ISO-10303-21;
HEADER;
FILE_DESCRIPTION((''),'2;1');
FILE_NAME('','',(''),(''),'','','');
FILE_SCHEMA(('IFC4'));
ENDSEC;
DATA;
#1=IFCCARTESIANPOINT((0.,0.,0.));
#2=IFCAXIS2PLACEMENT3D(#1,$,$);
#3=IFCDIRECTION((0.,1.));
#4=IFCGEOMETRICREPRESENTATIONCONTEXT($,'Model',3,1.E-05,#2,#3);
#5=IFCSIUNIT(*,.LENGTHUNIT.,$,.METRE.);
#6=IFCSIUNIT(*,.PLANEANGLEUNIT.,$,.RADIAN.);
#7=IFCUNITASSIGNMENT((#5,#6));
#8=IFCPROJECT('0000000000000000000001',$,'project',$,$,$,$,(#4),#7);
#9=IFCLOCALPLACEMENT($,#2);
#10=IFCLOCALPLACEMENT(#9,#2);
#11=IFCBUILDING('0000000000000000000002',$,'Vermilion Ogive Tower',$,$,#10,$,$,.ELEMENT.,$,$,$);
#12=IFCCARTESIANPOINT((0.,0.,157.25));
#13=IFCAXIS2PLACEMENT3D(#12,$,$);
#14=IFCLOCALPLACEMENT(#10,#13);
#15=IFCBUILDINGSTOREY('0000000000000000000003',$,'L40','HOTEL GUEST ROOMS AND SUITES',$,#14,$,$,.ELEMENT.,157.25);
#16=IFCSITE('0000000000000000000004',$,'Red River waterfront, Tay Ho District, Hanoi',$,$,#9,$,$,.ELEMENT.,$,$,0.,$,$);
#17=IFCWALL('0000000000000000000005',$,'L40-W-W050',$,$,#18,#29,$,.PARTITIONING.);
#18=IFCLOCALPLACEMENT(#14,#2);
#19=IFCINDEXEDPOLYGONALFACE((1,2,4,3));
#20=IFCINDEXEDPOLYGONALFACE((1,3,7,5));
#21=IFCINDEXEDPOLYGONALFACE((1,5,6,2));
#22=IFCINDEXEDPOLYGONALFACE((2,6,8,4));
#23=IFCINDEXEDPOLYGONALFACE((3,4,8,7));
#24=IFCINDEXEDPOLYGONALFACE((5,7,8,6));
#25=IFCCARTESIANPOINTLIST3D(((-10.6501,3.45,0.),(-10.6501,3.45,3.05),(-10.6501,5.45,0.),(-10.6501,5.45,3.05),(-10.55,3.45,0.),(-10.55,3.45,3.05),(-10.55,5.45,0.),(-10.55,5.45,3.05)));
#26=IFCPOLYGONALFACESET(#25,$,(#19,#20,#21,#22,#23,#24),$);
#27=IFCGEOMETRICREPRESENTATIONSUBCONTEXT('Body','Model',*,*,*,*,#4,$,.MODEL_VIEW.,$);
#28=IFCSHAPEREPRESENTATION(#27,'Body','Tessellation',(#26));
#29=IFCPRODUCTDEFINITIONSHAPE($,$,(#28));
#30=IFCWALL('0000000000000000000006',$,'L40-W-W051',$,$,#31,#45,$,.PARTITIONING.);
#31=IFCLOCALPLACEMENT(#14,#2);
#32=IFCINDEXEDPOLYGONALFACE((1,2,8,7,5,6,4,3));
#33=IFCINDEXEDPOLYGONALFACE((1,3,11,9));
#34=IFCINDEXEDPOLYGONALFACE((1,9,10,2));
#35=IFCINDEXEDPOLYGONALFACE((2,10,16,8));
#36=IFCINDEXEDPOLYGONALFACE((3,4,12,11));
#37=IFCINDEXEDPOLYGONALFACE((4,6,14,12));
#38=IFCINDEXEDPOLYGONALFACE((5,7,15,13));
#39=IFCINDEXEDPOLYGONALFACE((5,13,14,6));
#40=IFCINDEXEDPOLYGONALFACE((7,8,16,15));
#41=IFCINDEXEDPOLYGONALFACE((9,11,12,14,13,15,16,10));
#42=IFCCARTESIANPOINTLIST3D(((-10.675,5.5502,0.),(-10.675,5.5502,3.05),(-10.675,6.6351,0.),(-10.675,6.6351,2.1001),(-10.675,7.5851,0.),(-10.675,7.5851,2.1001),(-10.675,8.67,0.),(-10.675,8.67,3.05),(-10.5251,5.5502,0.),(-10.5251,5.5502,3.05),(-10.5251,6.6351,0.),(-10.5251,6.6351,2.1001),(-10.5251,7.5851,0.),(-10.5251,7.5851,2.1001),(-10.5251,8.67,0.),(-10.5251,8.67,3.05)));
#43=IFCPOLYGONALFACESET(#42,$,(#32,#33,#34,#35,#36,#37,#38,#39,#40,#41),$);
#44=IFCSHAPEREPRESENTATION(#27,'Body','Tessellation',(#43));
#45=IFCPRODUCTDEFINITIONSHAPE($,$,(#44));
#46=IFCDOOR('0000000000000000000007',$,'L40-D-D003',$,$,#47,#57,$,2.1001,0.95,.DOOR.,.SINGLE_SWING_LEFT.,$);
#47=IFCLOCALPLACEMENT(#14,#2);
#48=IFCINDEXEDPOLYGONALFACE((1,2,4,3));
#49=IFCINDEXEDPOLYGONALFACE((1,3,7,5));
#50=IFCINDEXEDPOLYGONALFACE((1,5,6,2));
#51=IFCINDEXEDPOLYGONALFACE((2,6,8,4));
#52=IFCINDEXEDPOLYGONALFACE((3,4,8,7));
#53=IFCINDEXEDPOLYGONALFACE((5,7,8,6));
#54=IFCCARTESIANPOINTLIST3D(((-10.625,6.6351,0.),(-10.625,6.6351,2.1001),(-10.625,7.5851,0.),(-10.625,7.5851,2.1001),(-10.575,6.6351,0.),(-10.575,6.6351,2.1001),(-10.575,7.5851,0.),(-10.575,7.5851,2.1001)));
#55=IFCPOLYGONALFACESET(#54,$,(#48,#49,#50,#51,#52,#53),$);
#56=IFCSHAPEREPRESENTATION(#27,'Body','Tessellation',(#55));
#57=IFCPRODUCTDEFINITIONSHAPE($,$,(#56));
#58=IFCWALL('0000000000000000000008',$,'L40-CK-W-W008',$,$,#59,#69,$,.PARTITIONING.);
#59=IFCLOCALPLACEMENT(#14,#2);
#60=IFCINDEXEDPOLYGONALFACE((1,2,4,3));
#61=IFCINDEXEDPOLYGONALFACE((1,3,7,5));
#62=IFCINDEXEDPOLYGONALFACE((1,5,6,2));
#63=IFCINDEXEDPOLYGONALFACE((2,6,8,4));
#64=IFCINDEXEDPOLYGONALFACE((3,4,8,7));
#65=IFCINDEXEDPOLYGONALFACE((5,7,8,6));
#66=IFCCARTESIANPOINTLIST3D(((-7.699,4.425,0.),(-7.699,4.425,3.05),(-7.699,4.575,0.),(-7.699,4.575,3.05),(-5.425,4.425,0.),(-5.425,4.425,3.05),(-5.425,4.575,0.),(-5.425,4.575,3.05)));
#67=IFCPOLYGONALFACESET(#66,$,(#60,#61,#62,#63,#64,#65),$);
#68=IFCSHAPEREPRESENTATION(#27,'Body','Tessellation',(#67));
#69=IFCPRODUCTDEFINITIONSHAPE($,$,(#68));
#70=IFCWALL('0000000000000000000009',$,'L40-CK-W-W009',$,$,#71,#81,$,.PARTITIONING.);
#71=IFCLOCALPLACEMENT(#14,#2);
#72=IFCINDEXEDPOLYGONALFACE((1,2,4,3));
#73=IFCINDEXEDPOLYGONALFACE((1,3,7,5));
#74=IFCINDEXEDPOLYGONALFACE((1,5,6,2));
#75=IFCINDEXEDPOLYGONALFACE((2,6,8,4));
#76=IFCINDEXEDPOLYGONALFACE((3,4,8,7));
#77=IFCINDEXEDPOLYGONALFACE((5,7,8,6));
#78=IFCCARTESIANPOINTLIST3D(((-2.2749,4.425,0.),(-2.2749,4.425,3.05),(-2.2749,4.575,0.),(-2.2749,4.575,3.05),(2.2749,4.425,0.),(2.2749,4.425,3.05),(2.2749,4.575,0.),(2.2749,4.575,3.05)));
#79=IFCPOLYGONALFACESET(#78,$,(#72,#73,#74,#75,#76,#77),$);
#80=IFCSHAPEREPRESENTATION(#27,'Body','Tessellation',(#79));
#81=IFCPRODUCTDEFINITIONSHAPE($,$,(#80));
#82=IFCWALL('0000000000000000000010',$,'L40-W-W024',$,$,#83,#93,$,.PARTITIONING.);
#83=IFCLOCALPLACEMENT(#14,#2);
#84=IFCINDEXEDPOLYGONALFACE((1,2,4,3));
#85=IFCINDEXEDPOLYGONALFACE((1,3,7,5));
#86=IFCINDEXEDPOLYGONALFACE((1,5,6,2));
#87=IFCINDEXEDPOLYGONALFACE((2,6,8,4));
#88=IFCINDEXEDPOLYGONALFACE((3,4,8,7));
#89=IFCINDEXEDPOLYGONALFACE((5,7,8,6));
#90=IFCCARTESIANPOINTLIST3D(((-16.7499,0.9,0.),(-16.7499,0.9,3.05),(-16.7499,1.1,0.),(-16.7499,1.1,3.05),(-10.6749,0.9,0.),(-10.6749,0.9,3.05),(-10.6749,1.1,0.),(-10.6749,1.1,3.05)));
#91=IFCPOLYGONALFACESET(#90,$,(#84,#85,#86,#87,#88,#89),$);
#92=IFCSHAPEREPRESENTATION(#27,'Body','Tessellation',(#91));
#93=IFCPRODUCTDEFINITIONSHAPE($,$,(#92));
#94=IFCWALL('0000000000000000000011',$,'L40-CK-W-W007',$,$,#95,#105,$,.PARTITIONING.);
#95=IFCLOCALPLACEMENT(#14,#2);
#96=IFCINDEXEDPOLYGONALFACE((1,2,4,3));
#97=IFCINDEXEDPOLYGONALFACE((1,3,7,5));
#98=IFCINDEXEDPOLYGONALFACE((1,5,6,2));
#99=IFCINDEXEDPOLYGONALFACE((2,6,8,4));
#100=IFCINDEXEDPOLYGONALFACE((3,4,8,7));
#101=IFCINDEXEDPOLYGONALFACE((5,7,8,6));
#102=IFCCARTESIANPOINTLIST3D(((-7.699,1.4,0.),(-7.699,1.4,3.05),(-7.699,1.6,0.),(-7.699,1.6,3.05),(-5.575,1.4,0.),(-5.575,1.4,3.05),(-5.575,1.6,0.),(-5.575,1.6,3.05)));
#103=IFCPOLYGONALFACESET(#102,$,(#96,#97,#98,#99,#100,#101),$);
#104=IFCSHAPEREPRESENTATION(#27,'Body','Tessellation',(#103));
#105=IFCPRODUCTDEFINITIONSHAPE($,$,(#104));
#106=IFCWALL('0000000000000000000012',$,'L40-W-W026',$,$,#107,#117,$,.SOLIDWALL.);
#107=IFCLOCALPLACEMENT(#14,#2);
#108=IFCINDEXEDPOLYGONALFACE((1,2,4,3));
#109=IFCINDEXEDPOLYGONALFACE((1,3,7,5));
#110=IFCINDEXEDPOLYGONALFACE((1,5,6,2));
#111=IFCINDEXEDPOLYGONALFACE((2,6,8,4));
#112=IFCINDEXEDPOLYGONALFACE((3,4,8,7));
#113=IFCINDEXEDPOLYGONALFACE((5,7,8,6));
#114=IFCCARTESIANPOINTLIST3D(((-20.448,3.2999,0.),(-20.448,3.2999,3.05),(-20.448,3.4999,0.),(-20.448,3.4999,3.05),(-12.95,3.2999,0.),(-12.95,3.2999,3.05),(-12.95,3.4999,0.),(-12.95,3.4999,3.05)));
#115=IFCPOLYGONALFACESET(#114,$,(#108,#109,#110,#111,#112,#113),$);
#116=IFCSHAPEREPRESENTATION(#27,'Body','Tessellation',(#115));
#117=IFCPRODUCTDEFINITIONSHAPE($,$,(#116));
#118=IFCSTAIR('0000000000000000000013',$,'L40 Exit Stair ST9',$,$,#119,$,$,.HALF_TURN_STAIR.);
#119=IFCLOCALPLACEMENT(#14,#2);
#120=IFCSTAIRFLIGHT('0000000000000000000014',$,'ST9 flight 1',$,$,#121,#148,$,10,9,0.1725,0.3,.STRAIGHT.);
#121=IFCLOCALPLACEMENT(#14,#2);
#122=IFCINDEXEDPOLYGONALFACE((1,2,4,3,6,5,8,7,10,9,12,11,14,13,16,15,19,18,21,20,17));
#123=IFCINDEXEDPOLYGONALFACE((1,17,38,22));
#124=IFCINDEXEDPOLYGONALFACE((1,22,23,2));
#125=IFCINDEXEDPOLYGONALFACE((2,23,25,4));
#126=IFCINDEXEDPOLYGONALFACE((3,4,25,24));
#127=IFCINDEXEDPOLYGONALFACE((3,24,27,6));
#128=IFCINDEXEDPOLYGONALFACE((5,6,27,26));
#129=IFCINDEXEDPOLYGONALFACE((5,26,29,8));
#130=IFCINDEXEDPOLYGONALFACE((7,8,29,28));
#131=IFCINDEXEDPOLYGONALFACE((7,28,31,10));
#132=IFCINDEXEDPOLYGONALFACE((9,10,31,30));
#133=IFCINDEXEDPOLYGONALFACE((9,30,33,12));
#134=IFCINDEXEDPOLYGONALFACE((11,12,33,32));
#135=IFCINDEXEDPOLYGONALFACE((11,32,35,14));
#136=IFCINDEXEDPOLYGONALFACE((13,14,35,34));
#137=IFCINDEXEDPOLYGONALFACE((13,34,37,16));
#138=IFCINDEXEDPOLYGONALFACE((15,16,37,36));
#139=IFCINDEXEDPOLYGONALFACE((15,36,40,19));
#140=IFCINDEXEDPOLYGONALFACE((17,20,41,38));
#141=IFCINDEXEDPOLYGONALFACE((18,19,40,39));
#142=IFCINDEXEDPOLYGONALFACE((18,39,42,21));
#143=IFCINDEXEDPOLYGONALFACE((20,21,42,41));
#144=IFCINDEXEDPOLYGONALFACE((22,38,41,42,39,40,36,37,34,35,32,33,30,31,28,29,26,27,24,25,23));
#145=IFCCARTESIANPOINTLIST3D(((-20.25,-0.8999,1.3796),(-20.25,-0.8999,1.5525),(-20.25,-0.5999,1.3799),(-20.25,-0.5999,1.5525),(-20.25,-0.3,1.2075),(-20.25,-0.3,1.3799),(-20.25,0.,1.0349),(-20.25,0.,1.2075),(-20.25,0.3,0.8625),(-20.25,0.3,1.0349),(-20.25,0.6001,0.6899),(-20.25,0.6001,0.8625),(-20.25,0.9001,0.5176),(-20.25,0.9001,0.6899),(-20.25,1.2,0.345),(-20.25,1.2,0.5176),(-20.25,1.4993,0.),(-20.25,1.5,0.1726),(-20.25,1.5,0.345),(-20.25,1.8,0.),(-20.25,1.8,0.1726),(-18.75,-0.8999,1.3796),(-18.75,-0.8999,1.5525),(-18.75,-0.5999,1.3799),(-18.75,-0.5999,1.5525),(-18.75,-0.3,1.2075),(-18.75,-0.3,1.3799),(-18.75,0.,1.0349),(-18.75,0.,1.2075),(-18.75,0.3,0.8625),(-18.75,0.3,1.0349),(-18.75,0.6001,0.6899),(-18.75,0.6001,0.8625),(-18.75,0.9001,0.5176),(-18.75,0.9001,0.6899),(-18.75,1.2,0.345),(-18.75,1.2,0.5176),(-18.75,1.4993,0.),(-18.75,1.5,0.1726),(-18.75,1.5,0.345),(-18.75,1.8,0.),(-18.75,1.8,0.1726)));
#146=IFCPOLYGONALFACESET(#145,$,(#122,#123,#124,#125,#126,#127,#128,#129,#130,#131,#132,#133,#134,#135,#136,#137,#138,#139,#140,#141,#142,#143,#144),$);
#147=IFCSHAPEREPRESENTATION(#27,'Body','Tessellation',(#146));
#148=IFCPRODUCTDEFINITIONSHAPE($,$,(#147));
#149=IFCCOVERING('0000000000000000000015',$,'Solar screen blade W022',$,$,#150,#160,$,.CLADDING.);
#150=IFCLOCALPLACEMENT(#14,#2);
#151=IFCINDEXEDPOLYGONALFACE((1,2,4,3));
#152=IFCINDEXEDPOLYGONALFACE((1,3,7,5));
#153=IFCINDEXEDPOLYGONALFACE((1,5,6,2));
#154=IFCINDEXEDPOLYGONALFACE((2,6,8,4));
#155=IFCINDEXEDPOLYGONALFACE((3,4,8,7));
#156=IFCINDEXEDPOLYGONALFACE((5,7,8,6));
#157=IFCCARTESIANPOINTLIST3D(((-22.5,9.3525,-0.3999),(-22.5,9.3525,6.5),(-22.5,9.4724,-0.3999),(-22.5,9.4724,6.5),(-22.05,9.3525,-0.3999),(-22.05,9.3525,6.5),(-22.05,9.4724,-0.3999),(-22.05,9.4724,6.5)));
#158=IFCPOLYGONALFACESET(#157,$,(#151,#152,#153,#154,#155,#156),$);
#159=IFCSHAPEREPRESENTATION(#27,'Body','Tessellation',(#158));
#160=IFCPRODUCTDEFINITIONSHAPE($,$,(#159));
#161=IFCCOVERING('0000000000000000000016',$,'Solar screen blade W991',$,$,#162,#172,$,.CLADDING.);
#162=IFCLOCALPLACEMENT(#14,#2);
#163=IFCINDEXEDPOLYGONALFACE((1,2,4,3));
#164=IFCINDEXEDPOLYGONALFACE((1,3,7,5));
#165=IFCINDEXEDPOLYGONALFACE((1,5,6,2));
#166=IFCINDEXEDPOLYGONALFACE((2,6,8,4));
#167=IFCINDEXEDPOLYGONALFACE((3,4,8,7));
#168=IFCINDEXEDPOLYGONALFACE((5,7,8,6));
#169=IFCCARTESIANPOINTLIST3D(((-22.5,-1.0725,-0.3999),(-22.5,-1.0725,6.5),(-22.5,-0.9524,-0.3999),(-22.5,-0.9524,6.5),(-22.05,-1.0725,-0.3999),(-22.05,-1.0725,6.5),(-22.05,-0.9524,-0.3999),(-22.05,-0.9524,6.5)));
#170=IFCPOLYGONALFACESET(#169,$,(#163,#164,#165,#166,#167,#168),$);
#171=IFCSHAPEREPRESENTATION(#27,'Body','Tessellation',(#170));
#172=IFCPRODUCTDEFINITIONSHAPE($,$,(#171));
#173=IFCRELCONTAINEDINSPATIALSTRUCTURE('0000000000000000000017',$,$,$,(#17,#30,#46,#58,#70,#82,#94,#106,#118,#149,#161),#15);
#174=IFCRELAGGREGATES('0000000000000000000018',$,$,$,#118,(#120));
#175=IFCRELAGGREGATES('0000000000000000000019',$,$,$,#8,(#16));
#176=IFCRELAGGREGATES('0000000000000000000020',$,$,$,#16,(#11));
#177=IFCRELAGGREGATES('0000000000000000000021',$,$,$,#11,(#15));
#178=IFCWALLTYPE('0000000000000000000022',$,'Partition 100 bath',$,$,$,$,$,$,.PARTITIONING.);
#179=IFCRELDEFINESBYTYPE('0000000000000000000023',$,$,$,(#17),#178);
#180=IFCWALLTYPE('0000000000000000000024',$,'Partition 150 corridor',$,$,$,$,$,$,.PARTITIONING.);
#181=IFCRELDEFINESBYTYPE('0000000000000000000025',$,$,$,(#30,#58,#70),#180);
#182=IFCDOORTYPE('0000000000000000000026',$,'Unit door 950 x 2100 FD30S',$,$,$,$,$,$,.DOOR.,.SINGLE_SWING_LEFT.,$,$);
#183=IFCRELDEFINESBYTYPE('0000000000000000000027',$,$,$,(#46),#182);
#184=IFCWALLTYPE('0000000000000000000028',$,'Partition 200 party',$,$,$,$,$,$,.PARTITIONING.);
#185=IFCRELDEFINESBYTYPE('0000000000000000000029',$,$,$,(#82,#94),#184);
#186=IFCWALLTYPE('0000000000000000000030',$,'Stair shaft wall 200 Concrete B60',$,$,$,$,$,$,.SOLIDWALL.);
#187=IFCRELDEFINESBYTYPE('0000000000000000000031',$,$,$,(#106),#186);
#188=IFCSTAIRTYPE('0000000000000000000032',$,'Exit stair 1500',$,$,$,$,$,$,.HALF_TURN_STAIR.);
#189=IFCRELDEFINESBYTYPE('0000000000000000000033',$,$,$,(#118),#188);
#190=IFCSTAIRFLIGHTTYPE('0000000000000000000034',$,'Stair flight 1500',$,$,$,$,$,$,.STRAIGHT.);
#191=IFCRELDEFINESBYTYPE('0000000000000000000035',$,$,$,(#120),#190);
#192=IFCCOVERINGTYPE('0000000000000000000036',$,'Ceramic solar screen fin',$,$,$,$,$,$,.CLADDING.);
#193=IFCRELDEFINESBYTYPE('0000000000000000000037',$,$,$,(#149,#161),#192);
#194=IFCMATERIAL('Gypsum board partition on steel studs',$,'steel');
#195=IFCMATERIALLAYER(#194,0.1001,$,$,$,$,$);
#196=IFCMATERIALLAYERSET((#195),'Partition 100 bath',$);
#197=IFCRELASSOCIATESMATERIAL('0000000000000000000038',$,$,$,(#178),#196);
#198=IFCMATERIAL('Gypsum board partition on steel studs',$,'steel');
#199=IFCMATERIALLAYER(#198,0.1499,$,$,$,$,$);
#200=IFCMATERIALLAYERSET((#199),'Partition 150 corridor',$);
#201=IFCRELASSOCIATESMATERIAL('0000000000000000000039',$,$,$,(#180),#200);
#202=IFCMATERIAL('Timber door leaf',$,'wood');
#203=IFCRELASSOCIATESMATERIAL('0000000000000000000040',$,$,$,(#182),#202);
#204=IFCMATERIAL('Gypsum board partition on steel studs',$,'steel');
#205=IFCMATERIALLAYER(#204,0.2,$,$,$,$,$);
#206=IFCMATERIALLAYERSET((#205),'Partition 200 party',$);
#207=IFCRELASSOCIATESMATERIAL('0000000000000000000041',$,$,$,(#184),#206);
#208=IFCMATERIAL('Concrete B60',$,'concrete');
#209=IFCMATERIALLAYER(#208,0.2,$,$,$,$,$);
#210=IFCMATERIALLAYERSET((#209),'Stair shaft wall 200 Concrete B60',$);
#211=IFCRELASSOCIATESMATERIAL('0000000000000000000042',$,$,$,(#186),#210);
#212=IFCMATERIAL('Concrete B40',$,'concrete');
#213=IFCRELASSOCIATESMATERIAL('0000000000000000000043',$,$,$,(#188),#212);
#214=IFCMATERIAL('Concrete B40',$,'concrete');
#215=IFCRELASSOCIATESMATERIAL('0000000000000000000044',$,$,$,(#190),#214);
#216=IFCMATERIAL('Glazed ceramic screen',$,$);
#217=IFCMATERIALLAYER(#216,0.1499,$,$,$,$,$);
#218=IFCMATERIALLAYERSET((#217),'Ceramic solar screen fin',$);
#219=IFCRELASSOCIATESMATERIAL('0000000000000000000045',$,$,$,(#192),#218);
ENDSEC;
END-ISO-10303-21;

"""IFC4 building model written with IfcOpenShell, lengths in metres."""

from ifc_helpers import new_model, si_unit, direction, frame, frame_2d, origin, place, context, subcontext, project, spatial, polyline, rectangle, outline, extrude, material, layer, layer_set, type_object, element, fill, aggregate, save


model = new_model("IFC4")

# Units and contexts
model_context = context("Model", 3, precision=1e-05, world=origin(), true_north=direction((0.0, 1.0)))
body_context = subcontext(model_context, "Body", "Model", "MODEL_VIEW")
ifc_project = project(units=[si_unit("LENGTHUNIT", "METRE"), si_unit("PLANEANGLEUNIT", "RADIAN")], contexts=[model_context])

# Site, building, storey
site_placement = place(None, origin())
site = spatial("IfcSite", under=ifc_project, at=site_placement, Name="Red River waterfront, Tay Ho District, Hanoi", CompositionType="ELEMENT", RefElevation=0.0)
building_placement = place(site_placement, origin())
building = spatial("IfcBuilding", under=site, at=building_placement, Name="Vermilion Ogive Tower", CompositionType="ELEMENT")
storey_placement = place(building_placement, frame((0.0, 0.0, 157.25)))
storey = spatial("IfcBuildingStorey", under=building, at=storey_placement, Name="L40", Description="HOTEL GUEST ROOMS AND SUITES", CompositionType="ELEMENT", Elevation=157.25)

# Shared definitions
ifc_material_1 = material(Name="Gypsum board partition on steel studs", Category="steel")
ifc_layer_1 = layer(ifc_material_1, 0.1001)
ifc_layer_set_1 = layer_set([ifc_layer_1], Name="Partition 100 bath")
wall_type_1 = type_object("IfcWallType", Name="Partition 100 bath", PredefinedType="PARTITIONING", material=ifc_layer_set_1)

# Wall
wall_1_placement = place(storey_placement, frame((-10.6001, 3.45, 0.0), z_axis=(0.0, 0.0, 1.0), x_axis=(0.0, 1.0, 0.0)))
element("IfcWall", 1, at=wall_1_placement, inside=storey, type_object=wall_type_1, Name="L40-W-W050", PredefinedType="PARTITIONING", context=body_context, shape_type="SweptSolid", body=[
    extrude(rectangle(XDim=2.0, YDim=0.1001, at=frame_2d((1.0, 0.0))), origin(), (0.0, 0.0, 1.0), 3.05),
])

# Wall, opening, door
ifc_material_2 = material(Name="Gypsum board partition on steel studs", Category="steel")
ifc_layer_2 = layer(ifc_material_2, 0.1499)
ifc_layer_set_2 = layer_set([ifc_layer_2], Name="Partition 150 corridor")
wall_type_2 = type_object("IfcWallType", Name="Partition 150 corridor", PredefinedType="PARTITIONING", material=ifc_layer_set_2)
wall_2_placement = place(storey_placement, frame((-10.6001, 5.55, 0.0), z_axis=(0.0, 0.0, 1.0), x_axis=(0.0, 1.0, 0.0)))
wall_2 = element("IfcWall", 2, at=wall_2_placement, inside=storey, type_object=wall_type_2, Name="L40-W-W051", PredefinedType="PARTITIONING", context=body_context, shape_type="SweptSolid", body=[
    extrude(rectangle(XDim=3.1199, YDim=0.1499, at=frame_2d((1.5601, 0.0))), origin(), (0.0, 0.0, 1.0), 3.05),
])
opening_1_placement = place(wall_2_placement, frame((1.085, 0.0, 0.0)))
opening_1 = element("IfcOpeningElement", 3, at=opening_1_placement, cuts=wall_2, PredefinedType="OPENING", context=body_context, shape_type="SweptSolid", body=[
    extrude(rectangle(XDim=0.95, YDim=2.1001, at=frame_2d((0.4751, 1.05))), frame((0.0, 0.085, 0.0), z_axis=(0.0, -1.0, 0.0), x_axis=(1.0, 0.0, 0.0)), (0.0, 0.0, 1.0), 0.1699),
])
ifc_material_3 = material(Name="Timber door leaf", Category="wood")
door_type_1 = type_object("IfcDoorType", Name="Unit door 950 x 2100 FD30S", OperationType="SINGLE_SWING_LEFT", PredefinedType="DOOR", material=ifc_material_3)
door_1_placement = place(opening_1_placement, origin())
door_1 = element("IfcDoor", 4, at=door_1_placement, inside=storey, type_object=door_type_1, Name="L40-D-D003", OperationType="SINGLE_SWING_LEFT", OverallHeight=2.1001, OverallWidth=0.95, PredefinedType="DOOR", context=body_context, shape_type="SweptSolid", body=[
    extrude(rectangle(XDim=0.95, YDim=2.1001, at=frame_2d((0.4751, 1.05))), frame((0.0, 0.0249, 0.0), z_axis=(0.0, -1.0, 0.0), x_axis=(1.0, 0.0, 0.0)), (0.0, 0.0, 1.0), 0.05),
])
fill(opening_1, door_1)

# Walls
wall_3_placement = place(storey_placement, frame((-7.699, 4.5, 0.0), z_axis=(0.0, 0.0, 1.0), x_axis=(1.0, 0.0, 0.0)))
element("IfcWall", 5, at=wall_3_placement, inside=storey, type_object=wall_type_2, Name="L40-CK-W-W008", PredefinedType="PARTITIONING", context=body_context, shape_type="SweptSolid", body=[
    extrude(rectangle(XDim=2.2739, YDim=0.1499, at=frame_2d((1.137, 0.0))), origin(), (0.0, 0.0, 1.0), 3.05),
])
wall_4_placement = place(storey_placement, frame((-2.2749, 4.5, 0.0), z_axis=(0.0, 0.0, 1.0), x_axis=(1.0, 0.0, 0.0)))
element("IfcWall", 6, at=wall_4_placement, inside=storey, type_object=wall_type_2, Name="L40-CK-W-W009", PredefinedType="PARTITIONING", context=body_context, shape_type="SweptSolid", body=[
    extrude(rectangle(XDim=4.5498, YDim=0.1499, at=frame_2d((2.2749, 0.0))), origin(), (0.0, 0.0, 1.0), 3.05),
])
ifc_material_4 = material(Name="Gypsum board partition on steel studs", Category="steel")
ifc_layer_3 = layer(ifc_material_4, 0.2)
ifc_layer_set_3 = layer_set([ifc_layer_3], Name="Partition 200 party")
wall_type_3 = type_object("IfcWallType", Name="Partition 200 party", PredefinedType="PARTITIONING", material=ifc_layer_set_3)
wall_5_placement = place(storey_placement, frame((-16.75, 1.0, 0.0), z_axis=(0.0, 0.0, 1.0), x_axis=(1.0, 0.0, 0.0)))
element("IfcWall", 7, at=wall_5_placement, inside=storey, type_object=wall_type_3, Name="L40-W-W024", PredefinedType="PARTITIONING", context=body_context, shape_type="SweptSolid", body=[
    extrude(rectangle(XDim=6.075, YDim=0.2, at=frame_2d((3.0376, 0.0))), origin(), (0.0, 0.0, 1.0), 3.05),
])
wall_6_placement = place(storey_placement, frame((-7.699, 1.5, 0.0), z_axis=(0.0, 0.0, 1.0), x_axis=(1.0, 0.0, 0.0)))
element("IfcWall", 8, at=wall_6_placement, inside=storey, type_object=wall_type_3, Name="L40-CK-W-W007", PredefinedType="PARTITIONING", context=body_context, shape_type="SweptSolid", body=[
    extrude(rectangle(XDim=2.124, YDim=0.2, at=frame_2d((1.062, 0.0))), origin(), (0.0, 0.0, 1.0), 3.05),
])
ifc_material_5 = material(Name="Concrete B60", Category="concrete")
ifc_layer_4 = layer(ifc_material_5, 0.2)
ifc_layer_set_4 = layer_set([ifc_layer_4], Name="Stair shaft wall 200 Concrete B60")
wall_type_4 = type_object("IfcWallType", Name="Stair shaft wall 200 Concrete B60", PredefinedType="SOLIDWALL", material=ifc_layer_set_4)
wall_7_placement = place(storey_placement, frame((-20.448, 3.3999, 0.0), z_axis=(0.0, 0.0, 1.0), x_axis=(1.0, 0.0, 0.0)))
element("IfcWall", 9, at=wall_7_placement, inside=storey, type_object=wall_type_4, Name="L40-W-W026", PredefinedType="SOLIDWALL", context=body_context, shape_type="SweptSolid", body=[
    extrude(rectangle(XDim=7.498, YDim=0.2, at=frame_2d((3.749, 0.0))), origin(), (0.0, 0.0, 1.0), 3.05),
])

# Stair, stair flight
ifc_material_6 = material(Name="Concrete B40", Category="concrete")
stair_type = type_object("IfcStairType", Name="Exit stair 1500", PredefinedType="HALF_TURN_STAIR", material=ifc_material_6)
stair_placement = place(storey_placement, origin())
stair = element("IfcStair", 10, at=stair_placement, inside=storey, type_object=stair_type, Name="L40 Exit Stair ST9", PredefinedType="HALF_TURN_STAIR")
ifc_material_7 = material(Name="Concrete B40", Category="concrete")
stair_flight_type = type_object("IfcStairFlightType", Name="Stair flight 1500", PredefinedType="STRAIGHT", material=ifc_material_7)
stair_flight_placement = place(storey_placement, frame((-19.5, 1.8, 0.0), z_axis=(0.0, 0.0, 1.0), x_axis=(0.0, -1.0, 0.0)))
stair_flight = element("IfcStairFlight", 11, at=stair_flight_placement, type_object=stair_flight_type, Name="ST9 flight 1", NumberOfRisers=10, NumberOfTreads=9, PredefinedType="STRAIGHT", RiserHeight=0.1725, TreadLength=0.3, context=body_context, shape_type="SweptSolid", body=[
    extrude(outline(polyline([(0.0, 0.0), (0.0, 0.1726), (0.3, 0.1726), (0.3, 0.345), (0.6001, 0.345), (0.6001, 0.5176), (0.8999, 0.5176), (0.8999, 0.6899), (1.2, 0.6899), (1.2, 0.8625), (1.5, 0.8625), (1.5, 1.0349), (1.8, 1.0349), (1.8, 1.2075), (2.1001, 1.2075), (2.1001, 1.3799), (2.3999, 1.3799), (2.3999, 1.5525), (2.7, 1.5525), (2.7, 1.7251), (2.7, 1.3796), (0.3008, 0.0), (0.0, 0.0)])), frame((0.0, 0.75, 0.0), z_axis=(0.0, -1.0, 0.0), x_axis=(1.0, 0.0, 0.0)), (0.0, 0.0, 1.0), 1.5),
])
aggregate(stair, [stair_flight])

# Coverings
ifc_material_8 = material(Name="Glazed ceramic screen")
ifc_layer_5 = layer(ifc_material_8, 0.1499)
ifc_layer_set_5 = layer_set([ifc_layer_5], Name="Ceramic solar screen fin")
covering_type = type_object("IfcCoveringType", Name="Ceramic solar screen fin", PredefinedType="CLADDING", material=ifc_layer_set_5)
covering_1_placement = place(storey_placement, frame((0.0, 0.0, -0.3999)))
element("IfcCovering", 12, at=covering_1_placement, inside=storey, type_object=covering_type, Name="Solar screen blade W022", PredefinedType="CLADDING", context=body_context, shape_type="SweptSolid", body=[
    extrude(outline(polyline([(-22.5, 9.4724), (-22.5, 9.3525), (-22.05, 9.3525), (-22.05, 9.4724), (-22.5, 9.4724)])), origin(), (0.0, 0.0, 1.0), 6.8999),
])
covering_2_placement = place(storey_placement, frame((0.0, 0.0, -0.3999)))
element("IfcCovering", 13, at=covering_2_placement, inside=storey, type_object=covering_type, Name="Solar screen blade W991", PredefinedType="CLADDING", context=body_context, shape_type="SweptSolid", body=[
    extrude(outline(polyline([(-22.5, -0.9524), (-22.5, -1.0725), (-22.05, -1.0725), (-22.05, -0.9524), (-22.5, -0.9524)])), origin(), (0.0, 0.0, 1.0), 6.8999),
])

save(model, "model.ifc")
